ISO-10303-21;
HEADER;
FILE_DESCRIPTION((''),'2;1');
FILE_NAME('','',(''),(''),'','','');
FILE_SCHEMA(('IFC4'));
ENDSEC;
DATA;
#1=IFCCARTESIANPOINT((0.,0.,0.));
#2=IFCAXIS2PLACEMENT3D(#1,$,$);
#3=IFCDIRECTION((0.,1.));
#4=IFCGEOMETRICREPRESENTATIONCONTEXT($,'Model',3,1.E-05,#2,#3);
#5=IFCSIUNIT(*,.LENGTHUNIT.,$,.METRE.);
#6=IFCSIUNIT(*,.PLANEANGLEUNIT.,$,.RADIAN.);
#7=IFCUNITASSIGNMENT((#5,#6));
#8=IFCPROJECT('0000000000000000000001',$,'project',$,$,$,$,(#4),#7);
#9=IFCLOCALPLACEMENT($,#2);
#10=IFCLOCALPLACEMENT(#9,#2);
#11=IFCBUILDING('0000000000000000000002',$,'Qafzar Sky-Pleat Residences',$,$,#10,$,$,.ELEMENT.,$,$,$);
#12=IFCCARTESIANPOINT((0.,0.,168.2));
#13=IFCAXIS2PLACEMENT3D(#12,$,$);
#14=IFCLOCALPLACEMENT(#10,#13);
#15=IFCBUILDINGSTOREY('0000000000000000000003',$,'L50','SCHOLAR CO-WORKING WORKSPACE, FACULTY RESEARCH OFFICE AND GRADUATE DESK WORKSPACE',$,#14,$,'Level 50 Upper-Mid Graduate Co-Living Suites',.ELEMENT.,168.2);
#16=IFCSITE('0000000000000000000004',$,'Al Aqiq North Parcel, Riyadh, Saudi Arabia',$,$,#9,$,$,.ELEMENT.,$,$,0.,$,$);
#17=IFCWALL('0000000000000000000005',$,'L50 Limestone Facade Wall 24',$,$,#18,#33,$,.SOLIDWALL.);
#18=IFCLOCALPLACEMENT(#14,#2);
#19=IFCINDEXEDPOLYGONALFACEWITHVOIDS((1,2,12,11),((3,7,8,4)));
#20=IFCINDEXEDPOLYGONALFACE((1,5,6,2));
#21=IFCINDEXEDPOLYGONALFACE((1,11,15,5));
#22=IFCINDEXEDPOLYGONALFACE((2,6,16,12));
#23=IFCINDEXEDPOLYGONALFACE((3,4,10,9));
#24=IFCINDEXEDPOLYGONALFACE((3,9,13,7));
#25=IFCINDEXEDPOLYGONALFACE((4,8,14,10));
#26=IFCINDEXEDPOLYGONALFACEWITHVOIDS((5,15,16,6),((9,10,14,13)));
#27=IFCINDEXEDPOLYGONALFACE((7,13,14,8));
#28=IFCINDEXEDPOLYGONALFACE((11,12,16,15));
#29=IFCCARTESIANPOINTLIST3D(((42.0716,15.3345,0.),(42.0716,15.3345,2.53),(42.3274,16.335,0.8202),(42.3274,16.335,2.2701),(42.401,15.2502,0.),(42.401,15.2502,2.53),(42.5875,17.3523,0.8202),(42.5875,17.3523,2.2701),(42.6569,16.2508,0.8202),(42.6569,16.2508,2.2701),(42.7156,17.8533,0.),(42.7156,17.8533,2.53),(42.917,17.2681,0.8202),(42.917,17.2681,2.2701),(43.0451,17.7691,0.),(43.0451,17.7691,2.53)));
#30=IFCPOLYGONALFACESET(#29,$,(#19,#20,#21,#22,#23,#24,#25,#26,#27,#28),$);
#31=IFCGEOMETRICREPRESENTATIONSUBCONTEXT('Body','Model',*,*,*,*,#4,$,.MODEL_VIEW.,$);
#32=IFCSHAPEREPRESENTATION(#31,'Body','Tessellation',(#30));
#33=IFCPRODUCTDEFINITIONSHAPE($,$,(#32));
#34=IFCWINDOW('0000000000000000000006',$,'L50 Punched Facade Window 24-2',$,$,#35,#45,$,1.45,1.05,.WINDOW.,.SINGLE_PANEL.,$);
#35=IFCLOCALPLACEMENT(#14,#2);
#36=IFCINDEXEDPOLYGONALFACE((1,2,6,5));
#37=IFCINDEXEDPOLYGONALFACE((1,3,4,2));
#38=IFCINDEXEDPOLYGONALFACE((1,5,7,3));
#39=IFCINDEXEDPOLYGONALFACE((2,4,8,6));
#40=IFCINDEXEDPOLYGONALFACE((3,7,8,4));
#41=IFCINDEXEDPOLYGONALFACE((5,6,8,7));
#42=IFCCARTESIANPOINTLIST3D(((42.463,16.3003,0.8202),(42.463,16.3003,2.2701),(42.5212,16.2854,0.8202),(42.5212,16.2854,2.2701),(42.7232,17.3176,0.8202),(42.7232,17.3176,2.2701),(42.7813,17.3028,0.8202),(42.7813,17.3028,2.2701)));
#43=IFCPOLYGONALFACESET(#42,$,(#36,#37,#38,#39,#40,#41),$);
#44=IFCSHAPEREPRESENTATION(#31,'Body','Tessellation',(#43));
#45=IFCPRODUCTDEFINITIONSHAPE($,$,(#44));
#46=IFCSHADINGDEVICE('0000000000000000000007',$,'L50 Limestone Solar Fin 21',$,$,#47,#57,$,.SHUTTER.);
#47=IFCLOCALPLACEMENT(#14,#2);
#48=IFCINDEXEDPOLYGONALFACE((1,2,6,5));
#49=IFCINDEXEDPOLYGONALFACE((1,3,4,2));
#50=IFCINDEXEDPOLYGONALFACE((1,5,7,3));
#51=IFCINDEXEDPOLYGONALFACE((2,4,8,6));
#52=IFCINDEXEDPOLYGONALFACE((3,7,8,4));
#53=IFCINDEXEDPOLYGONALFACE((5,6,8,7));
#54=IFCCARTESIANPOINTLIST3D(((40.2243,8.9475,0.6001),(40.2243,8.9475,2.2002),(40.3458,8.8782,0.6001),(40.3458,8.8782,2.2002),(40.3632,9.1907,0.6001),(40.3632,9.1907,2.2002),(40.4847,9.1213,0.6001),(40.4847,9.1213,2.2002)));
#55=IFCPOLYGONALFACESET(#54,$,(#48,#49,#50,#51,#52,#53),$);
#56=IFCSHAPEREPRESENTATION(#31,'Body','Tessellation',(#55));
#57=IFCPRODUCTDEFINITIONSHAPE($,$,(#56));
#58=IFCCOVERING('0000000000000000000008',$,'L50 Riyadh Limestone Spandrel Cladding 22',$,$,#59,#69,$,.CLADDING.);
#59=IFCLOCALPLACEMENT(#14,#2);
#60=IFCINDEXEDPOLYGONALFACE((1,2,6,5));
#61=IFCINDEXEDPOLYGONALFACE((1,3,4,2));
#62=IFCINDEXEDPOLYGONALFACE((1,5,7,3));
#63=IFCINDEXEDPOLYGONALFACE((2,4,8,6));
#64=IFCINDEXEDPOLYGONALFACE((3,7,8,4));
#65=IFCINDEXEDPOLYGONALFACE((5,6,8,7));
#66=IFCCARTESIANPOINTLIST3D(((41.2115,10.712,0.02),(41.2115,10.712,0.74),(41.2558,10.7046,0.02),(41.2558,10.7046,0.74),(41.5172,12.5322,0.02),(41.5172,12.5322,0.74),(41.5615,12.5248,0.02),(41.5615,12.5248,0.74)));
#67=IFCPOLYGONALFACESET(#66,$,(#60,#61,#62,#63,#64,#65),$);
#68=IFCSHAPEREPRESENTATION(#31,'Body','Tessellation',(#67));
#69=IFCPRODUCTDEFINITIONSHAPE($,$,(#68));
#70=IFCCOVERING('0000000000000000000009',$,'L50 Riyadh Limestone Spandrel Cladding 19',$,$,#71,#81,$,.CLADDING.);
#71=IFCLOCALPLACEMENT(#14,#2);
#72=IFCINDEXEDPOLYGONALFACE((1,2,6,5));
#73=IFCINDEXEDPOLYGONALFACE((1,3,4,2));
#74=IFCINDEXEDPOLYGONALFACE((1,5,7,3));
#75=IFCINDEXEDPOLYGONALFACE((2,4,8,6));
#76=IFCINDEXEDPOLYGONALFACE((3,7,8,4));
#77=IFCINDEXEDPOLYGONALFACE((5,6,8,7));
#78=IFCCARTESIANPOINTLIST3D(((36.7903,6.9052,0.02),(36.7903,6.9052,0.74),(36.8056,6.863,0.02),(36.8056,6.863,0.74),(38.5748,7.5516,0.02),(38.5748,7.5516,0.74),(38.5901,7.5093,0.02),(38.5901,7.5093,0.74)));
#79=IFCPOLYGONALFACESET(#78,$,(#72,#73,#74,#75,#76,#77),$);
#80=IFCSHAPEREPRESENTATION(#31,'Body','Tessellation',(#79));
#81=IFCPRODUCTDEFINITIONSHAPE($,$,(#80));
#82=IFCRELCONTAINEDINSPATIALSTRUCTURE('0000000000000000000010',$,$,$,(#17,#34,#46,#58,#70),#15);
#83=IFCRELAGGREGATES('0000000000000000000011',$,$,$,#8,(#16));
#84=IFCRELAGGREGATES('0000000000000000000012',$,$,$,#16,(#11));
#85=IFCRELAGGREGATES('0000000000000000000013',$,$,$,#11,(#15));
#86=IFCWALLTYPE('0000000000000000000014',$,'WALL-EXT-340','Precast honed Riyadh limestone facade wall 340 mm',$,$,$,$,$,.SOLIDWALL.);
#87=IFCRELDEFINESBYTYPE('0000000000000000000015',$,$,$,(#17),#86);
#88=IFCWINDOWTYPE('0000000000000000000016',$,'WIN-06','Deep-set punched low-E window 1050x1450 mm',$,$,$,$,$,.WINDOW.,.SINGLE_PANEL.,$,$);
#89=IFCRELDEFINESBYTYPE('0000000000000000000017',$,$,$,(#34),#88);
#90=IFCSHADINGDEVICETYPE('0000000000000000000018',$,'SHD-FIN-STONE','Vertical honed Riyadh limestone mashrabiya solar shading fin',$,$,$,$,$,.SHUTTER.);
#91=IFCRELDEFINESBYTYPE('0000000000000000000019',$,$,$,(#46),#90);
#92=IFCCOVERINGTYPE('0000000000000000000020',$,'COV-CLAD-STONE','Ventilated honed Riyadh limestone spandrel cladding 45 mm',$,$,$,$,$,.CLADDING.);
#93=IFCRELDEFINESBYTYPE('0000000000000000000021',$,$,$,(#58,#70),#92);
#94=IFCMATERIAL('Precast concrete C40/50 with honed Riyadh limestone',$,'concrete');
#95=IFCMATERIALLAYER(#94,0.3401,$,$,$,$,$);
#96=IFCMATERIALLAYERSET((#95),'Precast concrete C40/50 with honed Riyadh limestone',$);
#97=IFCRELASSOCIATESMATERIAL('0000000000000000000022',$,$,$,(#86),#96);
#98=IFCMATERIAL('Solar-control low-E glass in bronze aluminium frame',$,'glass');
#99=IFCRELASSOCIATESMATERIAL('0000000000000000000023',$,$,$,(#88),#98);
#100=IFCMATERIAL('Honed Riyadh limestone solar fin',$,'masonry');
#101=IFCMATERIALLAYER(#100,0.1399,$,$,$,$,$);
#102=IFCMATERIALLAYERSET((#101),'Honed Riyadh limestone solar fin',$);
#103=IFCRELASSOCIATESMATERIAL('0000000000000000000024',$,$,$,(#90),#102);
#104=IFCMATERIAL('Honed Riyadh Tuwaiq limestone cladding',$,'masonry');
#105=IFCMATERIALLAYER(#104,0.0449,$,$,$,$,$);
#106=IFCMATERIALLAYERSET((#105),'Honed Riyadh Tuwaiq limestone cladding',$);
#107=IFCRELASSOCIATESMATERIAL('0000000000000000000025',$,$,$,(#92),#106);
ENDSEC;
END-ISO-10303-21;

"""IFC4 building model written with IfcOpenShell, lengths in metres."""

from ifc_helpers import new_model, si_unit, direction, frame, frame_2d, origin, origin_2d, place, context, subcontext, project, spatial, rectangle, extrude, source, transform, mapped, material, layer, layer_set, type_object, element, fill, save


model = new_model("IFC4")

# Units and contexts
model_context = context("Model", 3, precision=1e-05, world=origin(), true_north=direction((0.0, 1.0)))
body_context = subcontext(model_context, "Body", "Model", "MODEL_VIEW")
ifc_project = project(units=[si_unit("LENGTHUNIT", "METRE"), si_unit("PLANEANGLEUNIT", "RADIAN")], contexts=[model_context])

# Site, building, storey
site_placement = place(None, origin())
site = spatial("IfcSite", under=ifc_project, at=site_placement, Name="Al Aqiq North Parcel, Riyadh, Saudi Arabia", CompositionType="ELEMENT", RefElevation=0.0)
building_placement = place(site_placement, origin())
building = spatial("IfcBuilding", under=site, at=building_placement, Name="Qafzar Sky-Pleat Residences", CompositionType="ELEMENT")
storey_placement = place(building_placement, frame((0.0, 0.0, 168.2)))
storey = spatial("IfcBuildingStorey", under=building, at=storey_placement, Name="L50", Description="SCHOLAR CO-WORKING WORKSPACE, FACULTY RESEARCH OFFICE AND GRADUATE DESK WORKSPACE", LongName="Level 50 Upper-Mid Graduate Co-Living Suites", CompositionType="ELEMENT", Elevation=168.2)

# Wall, opening, window
ifc_material_1 = material(Name="Precast concrete C40/50 with honed Riyadh limestone", Category="concrete")
ifc_layer_1 = layer(ifc_material_1, 0.3401)
ifc_layer_set_1 = layer_set([ifc_layer_1], Name="Precast concrete C40/50 with honed Riyadh limestone")
wall_type = type_object("IfcWallType", Name="WALL-EXT-340", Description="Precast honed Riyadh limestone facade wall 340 mm", PredefinedType="SOLIDWALL", material=ifc_layer_set_1)
ifc_material_2 = material(Name="Solar-control low-E glass in bronze aluminium frame", Category="glass")
wall_1_placement = place(storey_placement, frame((42.2363, 15.2925, 0.0), z_axis=(0.0, 0.0, 1.0), x_axis=(0.247725, 0.96883, 0.0)))
wall_1 = element("IfcWall", 1, at=wall_1_placement, inside=storey, type_object=wall_type, Name="L50 Limestone Facade Wall 24", PredefinedType="SOLIDWALL", context=body_context, shape_type="SweptSolid", body=[
    extrude(rectangle(XDim=2.5999, YDim=0.3401, at=frame_2d((1.2998, 0.0))), origin(), (0.0, 0.0, 1.0), 2.53),
])
opening_1_placement = place(wall_1_placement, frame((1.0327, 0.0, 0.8201)))
opening_1 = element("IfcOpeningElement", 2, at=opening_1_placement, cuts=wall_1, PredefinedType="OPENING", context=body_context, shape_type="SweptSolid", body=[
    extrude(rectangle(XDim=1.05, YDim=1.45, at=frame_2d((0.5249, 0.7251))), frame((0.0, 0.1802, 0.0), z_axis=(0.0, -1.0, 0.0), x_axis=(1.0, 0.0, 0.0)), (0.0, 0.0, 1.0), 0.3601),
])
window_type_1 = type_object("IfcWindowType", Name="WIN-06", Description="Deep-set punched low-E window 1050x1450 mm", PartitioningType="SINGLE_PANEL", PredefinedType="WINDOW", material=ifc_material_2)
shared_shape_1 = source(origin(), body_context, "Body", "SweptSolid", [
    extrude(rectangle(XDim=1.05, YDim=1.45, at=frame_2d((0.5249, 0.7251))), frame((0.0, 0.03, 0.0), z_axis=(0.0, -1.0, 0.0), x_axis=(1.0, 0.0, 0.0)), (0.0, 0.0, 1.0), 0.0601),
])
window_1_placement = place(opening_1_placement, origin())
window_1 = element("IfcWindow", 3, at=window_1_placement, inside=storey, type_object=window_type_1, Name="L50 Punched Facade Window 24-2", OverallHeight=1.45, OverallWidth=1.05, PartitioningType="SINGLE_PANEL", PredefinedType="WINDOW", context=body_context, shape_type="MappedRepresentation", body=[
    mapped(shared_shape_1, transform((0.0, 0.0, 0.0), x_axis=(1.0, 0.0, 0.0), y_axis=(0.0, 1.0, 0.0), z_axis=(0.0, 0.0, 1.0), scale=1.0)),
])
fill(opening_1, window_1)

# Shading device
ifc_material_3 = material(Name="Honed Riyadh limestone solar fin", Category="masonry")
ifc_layer_2 = layer(ifc_material_3, 0.1399)
ifc_layer_set_2 = layer_set([ifc_layer_2], Name="Honed Riyadh limestone solar fin")
shading_device_type = type_object("IfcShadingDeviceType", Name="SHD-FIN-STONE", Description="Vertical honed Riyadh limestone mashrabiya solar shading fin", PredefinedType="SHUTTER", material=ifc_layer_set_2)
shared_shape_2 = source(origin(), body_context, "Body", "SweptSolid", [
    extrude(rectangle(XDim=0.1399, YDim=0.28, at=origin_2d()), origin(), (0.0, 0.0, 1.0), 1.6001),
])
shading_device_placement = place(storey_placement, frame((40.3545, 9.0344, 0.6001), z_axis=(0.0, 0.0, 1.0), x_axis=(0.868422, -0.495826, 0.0)))
element("IfcShadingDevice", 4, at=shading_device_placement, inside=storey, type_object=shading_device_type, Name="L50 Limestone Solar Fin 21", PredefinedType="SHUTTER", context=body_context, shape_type="MappedRepresentation", body=[
    mapped(shared_shape_2, transform((0.0, 0.0, 0.0), x_axis=(1.0, 0.0, 0.0), y_axis=(0.0, 1.0, 0.0), z_axis=(0.0, 0.0, 1.0), scale=1.0)),
])

# Coverings
ifc_material_4 = material(Name="Honed Riyadh Tuwaiq limestone cladding", Category="masonry")
ifc_layer_3 = layer(ifc_material_4, 0.0449)
ifc_layer_set_3 = layer_set([ifc_layer_3], Name="Honed Riyadh Tuwaiq limestone cladding")
covering_type = type_object("IfcCoveringType", Name="COV-CLAD-STONE", Description="Ventilated honed Riyadh limestone spandrel cladding 45 mm", PredefinedType="CLADDING", material=ifc_layer_set_3)
shared_shape_3 = source(origin(), body_context, "Body", "SweptSolid", [
    extrude(rectangle(XDim=1.8457, YDim=0.0449, at=origin_2d()), origin(), (0.0, 0.0, 1.0), 0.72),
])
covering_1_placement = place(storey_placement, frame((41.3865, 11.6184, 0.02), z_axis=(0.0, 0.0, 1.0), x_axis=(0.165648, 0.986185, 0.0)))
element("IfcCovering", 5, at=covering_1_placement, inside=storey, type_object=covering_type, Name="L50 Riyadh Limestone Spandrel Cladding 22", PredefinedType="CLADDING", context=body_context, shape_type="MappedRepresentation", body=[
    mapped(shared_shape_3, transform((0.0, 0.0, 0.0), x_axis=(1.0, 0.0, 0.0), y_axis=(0.0, 1.0, 0.0), z_axis=(0.0, 0.0, 1.0), scale=1.0)),
])
shared_shape_4 = source(origin(), body_context, "Body", "SweptSolid", [
    extrude(rectangle(XDim=1.8979, YDim=0.0449, at=origin_2d()), origin(), (0.0, 0.0, 1.0), 0.72),
])
covering_2_placement = place(storey_placement, frame((37.6902, 7.2073, 0.02), z_axis=(0.0, 0.0, 1.0), x_axis=(0.940232, 0.340536, 0.0)))
element("IfcCovering", 6, at=covering_2_placement, inside=storey, type_object=covering_type, Name="L50 Riyadh Limestone Spandrel Cladding 19", PredefinedType="CLADDING", context=body_context, shape_type="MappedRepresentation", body=[
    mapped(shared_shape_4, transform((0.0, 0.0, 0.0), x_axis=(1.0, 0.0, 0.0), y_axis=(0.0, 1.0, 0.0), z_axis=(0.0, 0.0, 1.0), scale=1.0)),
])

save(model, "model.ifc")
